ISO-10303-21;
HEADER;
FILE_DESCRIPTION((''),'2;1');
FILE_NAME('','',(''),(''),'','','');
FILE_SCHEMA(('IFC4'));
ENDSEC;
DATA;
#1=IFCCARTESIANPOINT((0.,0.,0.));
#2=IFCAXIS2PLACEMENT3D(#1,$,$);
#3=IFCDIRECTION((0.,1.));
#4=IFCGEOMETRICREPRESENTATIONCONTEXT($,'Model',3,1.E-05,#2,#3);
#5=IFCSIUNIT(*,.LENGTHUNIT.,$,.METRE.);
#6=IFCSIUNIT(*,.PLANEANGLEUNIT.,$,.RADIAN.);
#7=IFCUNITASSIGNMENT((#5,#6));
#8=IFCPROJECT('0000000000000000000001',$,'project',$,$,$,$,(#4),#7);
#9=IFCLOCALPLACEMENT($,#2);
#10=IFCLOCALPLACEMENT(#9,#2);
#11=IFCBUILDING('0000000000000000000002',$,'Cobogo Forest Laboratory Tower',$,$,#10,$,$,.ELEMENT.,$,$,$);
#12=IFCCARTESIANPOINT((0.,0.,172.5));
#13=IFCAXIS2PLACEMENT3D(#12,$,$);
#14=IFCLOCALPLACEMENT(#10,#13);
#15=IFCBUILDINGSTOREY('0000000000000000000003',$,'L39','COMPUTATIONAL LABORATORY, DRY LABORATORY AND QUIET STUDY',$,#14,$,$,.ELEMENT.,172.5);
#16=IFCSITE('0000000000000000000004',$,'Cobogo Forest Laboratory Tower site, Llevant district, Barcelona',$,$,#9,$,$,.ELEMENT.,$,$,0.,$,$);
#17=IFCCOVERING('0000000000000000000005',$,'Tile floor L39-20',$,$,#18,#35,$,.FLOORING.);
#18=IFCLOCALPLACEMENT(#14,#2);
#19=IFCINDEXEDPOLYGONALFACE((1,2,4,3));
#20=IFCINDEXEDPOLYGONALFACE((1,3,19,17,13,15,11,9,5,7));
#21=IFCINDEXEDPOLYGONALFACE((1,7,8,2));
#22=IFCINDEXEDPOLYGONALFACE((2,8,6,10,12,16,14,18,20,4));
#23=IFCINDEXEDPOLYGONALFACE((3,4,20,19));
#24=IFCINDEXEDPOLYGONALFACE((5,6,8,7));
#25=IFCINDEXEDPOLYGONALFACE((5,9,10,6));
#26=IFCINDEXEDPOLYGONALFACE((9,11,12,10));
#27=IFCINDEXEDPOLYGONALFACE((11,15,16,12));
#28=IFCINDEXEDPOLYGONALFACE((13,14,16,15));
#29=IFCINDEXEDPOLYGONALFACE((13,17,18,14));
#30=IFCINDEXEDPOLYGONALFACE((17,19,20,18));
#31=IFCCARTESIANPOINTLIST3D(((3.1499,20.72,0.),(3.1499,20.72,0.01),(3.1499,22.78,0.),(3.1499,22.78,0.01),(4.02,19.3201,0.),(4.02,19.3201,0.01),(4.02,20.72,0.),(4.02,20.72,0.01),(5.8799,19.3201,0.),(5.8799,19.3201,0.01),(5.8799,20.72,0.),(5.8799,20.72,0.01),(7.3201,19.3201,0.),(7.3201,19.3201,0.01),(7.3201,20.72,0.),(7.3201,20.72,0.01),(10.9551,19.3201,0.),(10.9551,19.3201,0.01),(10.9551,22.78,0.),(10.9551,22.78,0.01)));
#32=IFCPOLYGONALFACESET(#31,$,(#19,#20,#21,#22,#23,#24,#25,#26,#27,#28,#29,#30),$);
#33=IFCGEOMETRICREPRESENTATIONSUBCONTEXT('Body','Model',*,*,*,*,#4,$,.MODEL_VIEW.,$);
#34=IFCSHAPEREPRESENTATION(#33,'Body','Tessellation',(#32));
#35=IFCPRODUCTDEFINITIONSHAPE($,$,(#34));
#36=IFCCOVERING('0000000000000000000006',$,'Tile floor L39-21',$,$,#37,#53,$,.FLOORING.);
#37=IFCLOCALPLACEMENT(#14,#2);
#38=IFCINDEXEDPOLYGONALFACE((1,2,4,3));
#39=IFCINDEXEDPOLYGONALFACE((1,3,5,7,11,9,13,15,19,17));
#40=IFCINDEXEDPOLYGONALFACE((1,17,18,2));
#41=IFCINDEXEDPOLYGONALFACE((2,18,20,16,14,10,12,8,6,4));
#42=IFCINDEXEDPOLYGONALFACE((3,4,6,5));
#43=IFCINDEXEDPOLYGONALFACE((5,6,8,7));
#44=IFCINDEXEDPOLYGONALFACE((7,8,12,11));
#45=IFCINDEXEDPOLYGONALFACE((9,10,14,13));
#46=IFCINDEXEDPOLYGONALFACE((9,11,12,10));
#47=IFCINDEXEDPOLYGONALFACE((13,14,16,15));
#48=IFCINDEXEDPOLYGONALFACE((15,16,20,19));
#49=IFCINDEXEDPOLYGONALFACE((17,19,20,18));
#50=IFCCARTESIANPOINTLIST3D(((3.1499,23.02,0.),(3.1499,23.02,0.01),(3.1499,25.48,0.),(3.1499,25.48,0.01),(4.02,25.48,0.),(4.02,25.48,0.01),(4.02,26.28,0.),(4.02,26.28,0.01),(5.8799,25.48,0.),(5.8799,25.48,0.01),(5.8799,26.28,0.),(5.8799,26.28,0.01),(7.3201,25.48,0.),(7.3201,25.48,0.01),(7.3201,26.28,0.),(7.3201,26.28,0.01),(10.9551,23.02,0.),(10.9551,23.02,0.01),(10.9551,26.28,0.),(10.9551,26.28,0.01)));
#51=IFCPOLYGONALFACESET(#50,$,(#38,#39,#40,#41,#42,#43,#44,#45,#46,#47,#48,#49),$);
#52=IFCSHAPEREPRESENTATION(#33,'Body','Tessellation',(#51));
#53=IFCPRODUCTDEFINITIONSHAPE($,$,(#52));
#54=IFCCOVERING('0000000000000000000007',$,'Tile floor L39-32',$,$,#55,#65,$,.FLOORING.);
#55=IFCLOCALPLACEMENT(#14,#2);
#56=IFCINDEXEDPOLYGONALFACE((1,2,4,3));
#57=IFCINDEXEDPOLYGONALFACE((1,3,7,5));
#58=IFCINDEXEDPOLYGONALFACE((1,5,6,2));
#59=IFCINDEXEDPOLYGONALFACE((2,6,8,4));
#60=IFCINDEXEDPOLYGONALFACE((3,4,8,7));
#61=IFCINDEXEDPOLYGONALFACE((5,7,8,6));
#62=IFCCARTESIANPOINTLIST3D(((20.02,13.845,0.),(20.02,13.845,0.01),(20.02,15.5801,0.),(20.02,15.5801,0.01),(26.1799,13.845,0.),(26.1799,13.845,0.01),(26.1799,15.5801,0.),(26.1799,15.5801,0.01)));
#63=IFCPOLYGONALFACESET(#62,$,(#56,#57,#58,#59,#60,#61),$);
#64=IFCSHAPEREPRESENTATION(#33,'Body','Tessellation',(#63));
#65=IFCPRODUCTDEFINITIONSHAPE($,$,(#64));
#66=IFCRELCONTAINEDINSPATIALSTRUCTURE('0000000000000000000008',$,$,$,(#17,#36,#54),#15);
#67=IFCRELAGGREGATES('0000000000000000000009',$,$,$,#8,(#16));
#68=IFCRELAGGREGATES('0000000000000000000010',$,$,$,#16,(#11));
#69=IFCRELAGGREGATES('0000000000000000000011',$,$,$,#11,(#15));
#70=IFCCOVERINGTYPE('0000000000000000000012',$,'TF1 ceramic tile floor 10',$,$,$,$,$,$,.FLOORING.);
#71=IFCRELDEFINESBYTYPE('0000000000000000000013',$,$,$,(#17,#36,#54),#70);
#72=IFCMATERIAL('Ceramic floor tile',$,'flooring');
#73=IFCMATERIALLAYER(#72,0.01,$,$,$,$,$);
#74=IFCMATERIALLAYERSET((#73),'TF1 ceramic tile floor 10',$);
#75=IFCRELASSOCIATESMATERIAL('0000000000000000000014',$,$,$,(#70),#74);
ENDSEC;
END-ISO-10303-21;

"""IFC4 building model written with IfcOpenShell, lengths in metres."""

from ifc_helpers import new_model, si_unit, direction, frame, origin, place, context, subcontext, project, spatial, polyline, outline, extrude, material, layer, layer_set, type_object, element, save


model = new_model("IFC4")

# Units and contexts
model_context = context("Model", 3, precision=1e-05, world=origin(), true_north=direction((0.0, 1.0)))
body_context = subcontext(model_context, "Body", "Model", "MODEL_VIEW")
ifc_project = project(units=[si_unit("LENGTHUNIT", "METRE"), si_unit("PLANEANGLEUNIT", "RADIAN")], contexts=[model_context])

# Site, building, storey
site_placement = place(None, origin())
site = spatial("IfcSite", under=ifc_project, at=site_placement, Name="Cobogo Forest Laboratory Tower site, Llevant district, Barcelona", CompositionType="ELEMENT", RefElevation=0.0)
building_placement = place(site_placement, origin())
building = spatial("IfcBuilding", under=site, at=building_placement, Name="Cobogo Forest Laboratory Tower", CompositionType="ELEMENT")
storey_placement = place(building_placement, frame((0.0, 0.0, 172.5)))
storey = spatial("IfcBuildingStorey", under=building, at=storey_placement, Name="L39", Description="COMPUTATIONAL LABORATORY, DRY LABORATORY AND QUIET STUDY", CompositionType="ELEMENT", Elevation=172.5)

# Coverings
ifc_material_1 = material(Name="Ceramic floor tile", Category="flooring")
ifc_layer_1 = layer(ifc_material_1, 0.01)
ifc_layer_set_1 = layer_set([ifc_layer_1], Name="TF1 ceramic tile floor 10")
covering_type_1 = type_object("IfcCoveringType", Name="TF1 ceramic tile floor 10", PredefinedType="FLOORING", material=ifc_layer_set_1)
covering_1_placement = place(storey_placement, origin())
element("IfcCovering", 1, at=covering_1_placement, inside=storey, type_object=covering_type_1, Name="Tile floor L39-20", PredefinedType="FLOORING", context=body_context, shape_type="SweptSolid", body=[
    extrude(outline(polyline([(10.9551, 19.3201), (7.3201, 19.3201), (7.3201, 20.72), (5.8799, 20.72), (5.8799, 19.3201), (4.02, 19.3201), (4.02, 20.72), (3.1499, 20.72), (3.1499, 22.78), (10.9551, 22.78), (10.9551, 19.3201)])), origin(), (0.0, 0.0, 1.0), 0.01),
])
covering_2_placement = place(storey_placement, origin())
element("IfcCovering", 2, at=covering_2_placement, inside=storey, type_object=covering_type_1, Name="Tile floor L39-21", PredefinedType="FLOORING", context=body_context, shape_type="SweptSolid", body=[
    extrude(outline(polyline([(10.9551, 23.02), (3.1499, 23.02), (3.1499, 25.48), (4.02, 25.48), (4.02, 26.28), (5.8799, 26.28), (5.8799, 25.48), (7.3201, 25.48), (7.3201, 26.28), (10.9551, 26.28), (10.9551, 23.02)])), origin(), (0.0, 0.0, 1.0), 0.01),
])
covering_3_placement = place(storey_placement, origin())
element("IfcCovering", 3, at=covering_3_placement, inside=storey, type_object=covering_type_1, Name="Tile floor L39-32", PredefinedType="FLOORING", context=body_context, shape_type="SweptSolid", body=[
    extrude(outline(polyline([(26.1799, 13.845), (20.02, 13.845), (20.02, 15.5801), (26.1799, 15.5801), (26.1799, 13.845)])), origin(), (0.0, 0.0, 1.0), 0.01),
])

save(model, "model.ifc")
